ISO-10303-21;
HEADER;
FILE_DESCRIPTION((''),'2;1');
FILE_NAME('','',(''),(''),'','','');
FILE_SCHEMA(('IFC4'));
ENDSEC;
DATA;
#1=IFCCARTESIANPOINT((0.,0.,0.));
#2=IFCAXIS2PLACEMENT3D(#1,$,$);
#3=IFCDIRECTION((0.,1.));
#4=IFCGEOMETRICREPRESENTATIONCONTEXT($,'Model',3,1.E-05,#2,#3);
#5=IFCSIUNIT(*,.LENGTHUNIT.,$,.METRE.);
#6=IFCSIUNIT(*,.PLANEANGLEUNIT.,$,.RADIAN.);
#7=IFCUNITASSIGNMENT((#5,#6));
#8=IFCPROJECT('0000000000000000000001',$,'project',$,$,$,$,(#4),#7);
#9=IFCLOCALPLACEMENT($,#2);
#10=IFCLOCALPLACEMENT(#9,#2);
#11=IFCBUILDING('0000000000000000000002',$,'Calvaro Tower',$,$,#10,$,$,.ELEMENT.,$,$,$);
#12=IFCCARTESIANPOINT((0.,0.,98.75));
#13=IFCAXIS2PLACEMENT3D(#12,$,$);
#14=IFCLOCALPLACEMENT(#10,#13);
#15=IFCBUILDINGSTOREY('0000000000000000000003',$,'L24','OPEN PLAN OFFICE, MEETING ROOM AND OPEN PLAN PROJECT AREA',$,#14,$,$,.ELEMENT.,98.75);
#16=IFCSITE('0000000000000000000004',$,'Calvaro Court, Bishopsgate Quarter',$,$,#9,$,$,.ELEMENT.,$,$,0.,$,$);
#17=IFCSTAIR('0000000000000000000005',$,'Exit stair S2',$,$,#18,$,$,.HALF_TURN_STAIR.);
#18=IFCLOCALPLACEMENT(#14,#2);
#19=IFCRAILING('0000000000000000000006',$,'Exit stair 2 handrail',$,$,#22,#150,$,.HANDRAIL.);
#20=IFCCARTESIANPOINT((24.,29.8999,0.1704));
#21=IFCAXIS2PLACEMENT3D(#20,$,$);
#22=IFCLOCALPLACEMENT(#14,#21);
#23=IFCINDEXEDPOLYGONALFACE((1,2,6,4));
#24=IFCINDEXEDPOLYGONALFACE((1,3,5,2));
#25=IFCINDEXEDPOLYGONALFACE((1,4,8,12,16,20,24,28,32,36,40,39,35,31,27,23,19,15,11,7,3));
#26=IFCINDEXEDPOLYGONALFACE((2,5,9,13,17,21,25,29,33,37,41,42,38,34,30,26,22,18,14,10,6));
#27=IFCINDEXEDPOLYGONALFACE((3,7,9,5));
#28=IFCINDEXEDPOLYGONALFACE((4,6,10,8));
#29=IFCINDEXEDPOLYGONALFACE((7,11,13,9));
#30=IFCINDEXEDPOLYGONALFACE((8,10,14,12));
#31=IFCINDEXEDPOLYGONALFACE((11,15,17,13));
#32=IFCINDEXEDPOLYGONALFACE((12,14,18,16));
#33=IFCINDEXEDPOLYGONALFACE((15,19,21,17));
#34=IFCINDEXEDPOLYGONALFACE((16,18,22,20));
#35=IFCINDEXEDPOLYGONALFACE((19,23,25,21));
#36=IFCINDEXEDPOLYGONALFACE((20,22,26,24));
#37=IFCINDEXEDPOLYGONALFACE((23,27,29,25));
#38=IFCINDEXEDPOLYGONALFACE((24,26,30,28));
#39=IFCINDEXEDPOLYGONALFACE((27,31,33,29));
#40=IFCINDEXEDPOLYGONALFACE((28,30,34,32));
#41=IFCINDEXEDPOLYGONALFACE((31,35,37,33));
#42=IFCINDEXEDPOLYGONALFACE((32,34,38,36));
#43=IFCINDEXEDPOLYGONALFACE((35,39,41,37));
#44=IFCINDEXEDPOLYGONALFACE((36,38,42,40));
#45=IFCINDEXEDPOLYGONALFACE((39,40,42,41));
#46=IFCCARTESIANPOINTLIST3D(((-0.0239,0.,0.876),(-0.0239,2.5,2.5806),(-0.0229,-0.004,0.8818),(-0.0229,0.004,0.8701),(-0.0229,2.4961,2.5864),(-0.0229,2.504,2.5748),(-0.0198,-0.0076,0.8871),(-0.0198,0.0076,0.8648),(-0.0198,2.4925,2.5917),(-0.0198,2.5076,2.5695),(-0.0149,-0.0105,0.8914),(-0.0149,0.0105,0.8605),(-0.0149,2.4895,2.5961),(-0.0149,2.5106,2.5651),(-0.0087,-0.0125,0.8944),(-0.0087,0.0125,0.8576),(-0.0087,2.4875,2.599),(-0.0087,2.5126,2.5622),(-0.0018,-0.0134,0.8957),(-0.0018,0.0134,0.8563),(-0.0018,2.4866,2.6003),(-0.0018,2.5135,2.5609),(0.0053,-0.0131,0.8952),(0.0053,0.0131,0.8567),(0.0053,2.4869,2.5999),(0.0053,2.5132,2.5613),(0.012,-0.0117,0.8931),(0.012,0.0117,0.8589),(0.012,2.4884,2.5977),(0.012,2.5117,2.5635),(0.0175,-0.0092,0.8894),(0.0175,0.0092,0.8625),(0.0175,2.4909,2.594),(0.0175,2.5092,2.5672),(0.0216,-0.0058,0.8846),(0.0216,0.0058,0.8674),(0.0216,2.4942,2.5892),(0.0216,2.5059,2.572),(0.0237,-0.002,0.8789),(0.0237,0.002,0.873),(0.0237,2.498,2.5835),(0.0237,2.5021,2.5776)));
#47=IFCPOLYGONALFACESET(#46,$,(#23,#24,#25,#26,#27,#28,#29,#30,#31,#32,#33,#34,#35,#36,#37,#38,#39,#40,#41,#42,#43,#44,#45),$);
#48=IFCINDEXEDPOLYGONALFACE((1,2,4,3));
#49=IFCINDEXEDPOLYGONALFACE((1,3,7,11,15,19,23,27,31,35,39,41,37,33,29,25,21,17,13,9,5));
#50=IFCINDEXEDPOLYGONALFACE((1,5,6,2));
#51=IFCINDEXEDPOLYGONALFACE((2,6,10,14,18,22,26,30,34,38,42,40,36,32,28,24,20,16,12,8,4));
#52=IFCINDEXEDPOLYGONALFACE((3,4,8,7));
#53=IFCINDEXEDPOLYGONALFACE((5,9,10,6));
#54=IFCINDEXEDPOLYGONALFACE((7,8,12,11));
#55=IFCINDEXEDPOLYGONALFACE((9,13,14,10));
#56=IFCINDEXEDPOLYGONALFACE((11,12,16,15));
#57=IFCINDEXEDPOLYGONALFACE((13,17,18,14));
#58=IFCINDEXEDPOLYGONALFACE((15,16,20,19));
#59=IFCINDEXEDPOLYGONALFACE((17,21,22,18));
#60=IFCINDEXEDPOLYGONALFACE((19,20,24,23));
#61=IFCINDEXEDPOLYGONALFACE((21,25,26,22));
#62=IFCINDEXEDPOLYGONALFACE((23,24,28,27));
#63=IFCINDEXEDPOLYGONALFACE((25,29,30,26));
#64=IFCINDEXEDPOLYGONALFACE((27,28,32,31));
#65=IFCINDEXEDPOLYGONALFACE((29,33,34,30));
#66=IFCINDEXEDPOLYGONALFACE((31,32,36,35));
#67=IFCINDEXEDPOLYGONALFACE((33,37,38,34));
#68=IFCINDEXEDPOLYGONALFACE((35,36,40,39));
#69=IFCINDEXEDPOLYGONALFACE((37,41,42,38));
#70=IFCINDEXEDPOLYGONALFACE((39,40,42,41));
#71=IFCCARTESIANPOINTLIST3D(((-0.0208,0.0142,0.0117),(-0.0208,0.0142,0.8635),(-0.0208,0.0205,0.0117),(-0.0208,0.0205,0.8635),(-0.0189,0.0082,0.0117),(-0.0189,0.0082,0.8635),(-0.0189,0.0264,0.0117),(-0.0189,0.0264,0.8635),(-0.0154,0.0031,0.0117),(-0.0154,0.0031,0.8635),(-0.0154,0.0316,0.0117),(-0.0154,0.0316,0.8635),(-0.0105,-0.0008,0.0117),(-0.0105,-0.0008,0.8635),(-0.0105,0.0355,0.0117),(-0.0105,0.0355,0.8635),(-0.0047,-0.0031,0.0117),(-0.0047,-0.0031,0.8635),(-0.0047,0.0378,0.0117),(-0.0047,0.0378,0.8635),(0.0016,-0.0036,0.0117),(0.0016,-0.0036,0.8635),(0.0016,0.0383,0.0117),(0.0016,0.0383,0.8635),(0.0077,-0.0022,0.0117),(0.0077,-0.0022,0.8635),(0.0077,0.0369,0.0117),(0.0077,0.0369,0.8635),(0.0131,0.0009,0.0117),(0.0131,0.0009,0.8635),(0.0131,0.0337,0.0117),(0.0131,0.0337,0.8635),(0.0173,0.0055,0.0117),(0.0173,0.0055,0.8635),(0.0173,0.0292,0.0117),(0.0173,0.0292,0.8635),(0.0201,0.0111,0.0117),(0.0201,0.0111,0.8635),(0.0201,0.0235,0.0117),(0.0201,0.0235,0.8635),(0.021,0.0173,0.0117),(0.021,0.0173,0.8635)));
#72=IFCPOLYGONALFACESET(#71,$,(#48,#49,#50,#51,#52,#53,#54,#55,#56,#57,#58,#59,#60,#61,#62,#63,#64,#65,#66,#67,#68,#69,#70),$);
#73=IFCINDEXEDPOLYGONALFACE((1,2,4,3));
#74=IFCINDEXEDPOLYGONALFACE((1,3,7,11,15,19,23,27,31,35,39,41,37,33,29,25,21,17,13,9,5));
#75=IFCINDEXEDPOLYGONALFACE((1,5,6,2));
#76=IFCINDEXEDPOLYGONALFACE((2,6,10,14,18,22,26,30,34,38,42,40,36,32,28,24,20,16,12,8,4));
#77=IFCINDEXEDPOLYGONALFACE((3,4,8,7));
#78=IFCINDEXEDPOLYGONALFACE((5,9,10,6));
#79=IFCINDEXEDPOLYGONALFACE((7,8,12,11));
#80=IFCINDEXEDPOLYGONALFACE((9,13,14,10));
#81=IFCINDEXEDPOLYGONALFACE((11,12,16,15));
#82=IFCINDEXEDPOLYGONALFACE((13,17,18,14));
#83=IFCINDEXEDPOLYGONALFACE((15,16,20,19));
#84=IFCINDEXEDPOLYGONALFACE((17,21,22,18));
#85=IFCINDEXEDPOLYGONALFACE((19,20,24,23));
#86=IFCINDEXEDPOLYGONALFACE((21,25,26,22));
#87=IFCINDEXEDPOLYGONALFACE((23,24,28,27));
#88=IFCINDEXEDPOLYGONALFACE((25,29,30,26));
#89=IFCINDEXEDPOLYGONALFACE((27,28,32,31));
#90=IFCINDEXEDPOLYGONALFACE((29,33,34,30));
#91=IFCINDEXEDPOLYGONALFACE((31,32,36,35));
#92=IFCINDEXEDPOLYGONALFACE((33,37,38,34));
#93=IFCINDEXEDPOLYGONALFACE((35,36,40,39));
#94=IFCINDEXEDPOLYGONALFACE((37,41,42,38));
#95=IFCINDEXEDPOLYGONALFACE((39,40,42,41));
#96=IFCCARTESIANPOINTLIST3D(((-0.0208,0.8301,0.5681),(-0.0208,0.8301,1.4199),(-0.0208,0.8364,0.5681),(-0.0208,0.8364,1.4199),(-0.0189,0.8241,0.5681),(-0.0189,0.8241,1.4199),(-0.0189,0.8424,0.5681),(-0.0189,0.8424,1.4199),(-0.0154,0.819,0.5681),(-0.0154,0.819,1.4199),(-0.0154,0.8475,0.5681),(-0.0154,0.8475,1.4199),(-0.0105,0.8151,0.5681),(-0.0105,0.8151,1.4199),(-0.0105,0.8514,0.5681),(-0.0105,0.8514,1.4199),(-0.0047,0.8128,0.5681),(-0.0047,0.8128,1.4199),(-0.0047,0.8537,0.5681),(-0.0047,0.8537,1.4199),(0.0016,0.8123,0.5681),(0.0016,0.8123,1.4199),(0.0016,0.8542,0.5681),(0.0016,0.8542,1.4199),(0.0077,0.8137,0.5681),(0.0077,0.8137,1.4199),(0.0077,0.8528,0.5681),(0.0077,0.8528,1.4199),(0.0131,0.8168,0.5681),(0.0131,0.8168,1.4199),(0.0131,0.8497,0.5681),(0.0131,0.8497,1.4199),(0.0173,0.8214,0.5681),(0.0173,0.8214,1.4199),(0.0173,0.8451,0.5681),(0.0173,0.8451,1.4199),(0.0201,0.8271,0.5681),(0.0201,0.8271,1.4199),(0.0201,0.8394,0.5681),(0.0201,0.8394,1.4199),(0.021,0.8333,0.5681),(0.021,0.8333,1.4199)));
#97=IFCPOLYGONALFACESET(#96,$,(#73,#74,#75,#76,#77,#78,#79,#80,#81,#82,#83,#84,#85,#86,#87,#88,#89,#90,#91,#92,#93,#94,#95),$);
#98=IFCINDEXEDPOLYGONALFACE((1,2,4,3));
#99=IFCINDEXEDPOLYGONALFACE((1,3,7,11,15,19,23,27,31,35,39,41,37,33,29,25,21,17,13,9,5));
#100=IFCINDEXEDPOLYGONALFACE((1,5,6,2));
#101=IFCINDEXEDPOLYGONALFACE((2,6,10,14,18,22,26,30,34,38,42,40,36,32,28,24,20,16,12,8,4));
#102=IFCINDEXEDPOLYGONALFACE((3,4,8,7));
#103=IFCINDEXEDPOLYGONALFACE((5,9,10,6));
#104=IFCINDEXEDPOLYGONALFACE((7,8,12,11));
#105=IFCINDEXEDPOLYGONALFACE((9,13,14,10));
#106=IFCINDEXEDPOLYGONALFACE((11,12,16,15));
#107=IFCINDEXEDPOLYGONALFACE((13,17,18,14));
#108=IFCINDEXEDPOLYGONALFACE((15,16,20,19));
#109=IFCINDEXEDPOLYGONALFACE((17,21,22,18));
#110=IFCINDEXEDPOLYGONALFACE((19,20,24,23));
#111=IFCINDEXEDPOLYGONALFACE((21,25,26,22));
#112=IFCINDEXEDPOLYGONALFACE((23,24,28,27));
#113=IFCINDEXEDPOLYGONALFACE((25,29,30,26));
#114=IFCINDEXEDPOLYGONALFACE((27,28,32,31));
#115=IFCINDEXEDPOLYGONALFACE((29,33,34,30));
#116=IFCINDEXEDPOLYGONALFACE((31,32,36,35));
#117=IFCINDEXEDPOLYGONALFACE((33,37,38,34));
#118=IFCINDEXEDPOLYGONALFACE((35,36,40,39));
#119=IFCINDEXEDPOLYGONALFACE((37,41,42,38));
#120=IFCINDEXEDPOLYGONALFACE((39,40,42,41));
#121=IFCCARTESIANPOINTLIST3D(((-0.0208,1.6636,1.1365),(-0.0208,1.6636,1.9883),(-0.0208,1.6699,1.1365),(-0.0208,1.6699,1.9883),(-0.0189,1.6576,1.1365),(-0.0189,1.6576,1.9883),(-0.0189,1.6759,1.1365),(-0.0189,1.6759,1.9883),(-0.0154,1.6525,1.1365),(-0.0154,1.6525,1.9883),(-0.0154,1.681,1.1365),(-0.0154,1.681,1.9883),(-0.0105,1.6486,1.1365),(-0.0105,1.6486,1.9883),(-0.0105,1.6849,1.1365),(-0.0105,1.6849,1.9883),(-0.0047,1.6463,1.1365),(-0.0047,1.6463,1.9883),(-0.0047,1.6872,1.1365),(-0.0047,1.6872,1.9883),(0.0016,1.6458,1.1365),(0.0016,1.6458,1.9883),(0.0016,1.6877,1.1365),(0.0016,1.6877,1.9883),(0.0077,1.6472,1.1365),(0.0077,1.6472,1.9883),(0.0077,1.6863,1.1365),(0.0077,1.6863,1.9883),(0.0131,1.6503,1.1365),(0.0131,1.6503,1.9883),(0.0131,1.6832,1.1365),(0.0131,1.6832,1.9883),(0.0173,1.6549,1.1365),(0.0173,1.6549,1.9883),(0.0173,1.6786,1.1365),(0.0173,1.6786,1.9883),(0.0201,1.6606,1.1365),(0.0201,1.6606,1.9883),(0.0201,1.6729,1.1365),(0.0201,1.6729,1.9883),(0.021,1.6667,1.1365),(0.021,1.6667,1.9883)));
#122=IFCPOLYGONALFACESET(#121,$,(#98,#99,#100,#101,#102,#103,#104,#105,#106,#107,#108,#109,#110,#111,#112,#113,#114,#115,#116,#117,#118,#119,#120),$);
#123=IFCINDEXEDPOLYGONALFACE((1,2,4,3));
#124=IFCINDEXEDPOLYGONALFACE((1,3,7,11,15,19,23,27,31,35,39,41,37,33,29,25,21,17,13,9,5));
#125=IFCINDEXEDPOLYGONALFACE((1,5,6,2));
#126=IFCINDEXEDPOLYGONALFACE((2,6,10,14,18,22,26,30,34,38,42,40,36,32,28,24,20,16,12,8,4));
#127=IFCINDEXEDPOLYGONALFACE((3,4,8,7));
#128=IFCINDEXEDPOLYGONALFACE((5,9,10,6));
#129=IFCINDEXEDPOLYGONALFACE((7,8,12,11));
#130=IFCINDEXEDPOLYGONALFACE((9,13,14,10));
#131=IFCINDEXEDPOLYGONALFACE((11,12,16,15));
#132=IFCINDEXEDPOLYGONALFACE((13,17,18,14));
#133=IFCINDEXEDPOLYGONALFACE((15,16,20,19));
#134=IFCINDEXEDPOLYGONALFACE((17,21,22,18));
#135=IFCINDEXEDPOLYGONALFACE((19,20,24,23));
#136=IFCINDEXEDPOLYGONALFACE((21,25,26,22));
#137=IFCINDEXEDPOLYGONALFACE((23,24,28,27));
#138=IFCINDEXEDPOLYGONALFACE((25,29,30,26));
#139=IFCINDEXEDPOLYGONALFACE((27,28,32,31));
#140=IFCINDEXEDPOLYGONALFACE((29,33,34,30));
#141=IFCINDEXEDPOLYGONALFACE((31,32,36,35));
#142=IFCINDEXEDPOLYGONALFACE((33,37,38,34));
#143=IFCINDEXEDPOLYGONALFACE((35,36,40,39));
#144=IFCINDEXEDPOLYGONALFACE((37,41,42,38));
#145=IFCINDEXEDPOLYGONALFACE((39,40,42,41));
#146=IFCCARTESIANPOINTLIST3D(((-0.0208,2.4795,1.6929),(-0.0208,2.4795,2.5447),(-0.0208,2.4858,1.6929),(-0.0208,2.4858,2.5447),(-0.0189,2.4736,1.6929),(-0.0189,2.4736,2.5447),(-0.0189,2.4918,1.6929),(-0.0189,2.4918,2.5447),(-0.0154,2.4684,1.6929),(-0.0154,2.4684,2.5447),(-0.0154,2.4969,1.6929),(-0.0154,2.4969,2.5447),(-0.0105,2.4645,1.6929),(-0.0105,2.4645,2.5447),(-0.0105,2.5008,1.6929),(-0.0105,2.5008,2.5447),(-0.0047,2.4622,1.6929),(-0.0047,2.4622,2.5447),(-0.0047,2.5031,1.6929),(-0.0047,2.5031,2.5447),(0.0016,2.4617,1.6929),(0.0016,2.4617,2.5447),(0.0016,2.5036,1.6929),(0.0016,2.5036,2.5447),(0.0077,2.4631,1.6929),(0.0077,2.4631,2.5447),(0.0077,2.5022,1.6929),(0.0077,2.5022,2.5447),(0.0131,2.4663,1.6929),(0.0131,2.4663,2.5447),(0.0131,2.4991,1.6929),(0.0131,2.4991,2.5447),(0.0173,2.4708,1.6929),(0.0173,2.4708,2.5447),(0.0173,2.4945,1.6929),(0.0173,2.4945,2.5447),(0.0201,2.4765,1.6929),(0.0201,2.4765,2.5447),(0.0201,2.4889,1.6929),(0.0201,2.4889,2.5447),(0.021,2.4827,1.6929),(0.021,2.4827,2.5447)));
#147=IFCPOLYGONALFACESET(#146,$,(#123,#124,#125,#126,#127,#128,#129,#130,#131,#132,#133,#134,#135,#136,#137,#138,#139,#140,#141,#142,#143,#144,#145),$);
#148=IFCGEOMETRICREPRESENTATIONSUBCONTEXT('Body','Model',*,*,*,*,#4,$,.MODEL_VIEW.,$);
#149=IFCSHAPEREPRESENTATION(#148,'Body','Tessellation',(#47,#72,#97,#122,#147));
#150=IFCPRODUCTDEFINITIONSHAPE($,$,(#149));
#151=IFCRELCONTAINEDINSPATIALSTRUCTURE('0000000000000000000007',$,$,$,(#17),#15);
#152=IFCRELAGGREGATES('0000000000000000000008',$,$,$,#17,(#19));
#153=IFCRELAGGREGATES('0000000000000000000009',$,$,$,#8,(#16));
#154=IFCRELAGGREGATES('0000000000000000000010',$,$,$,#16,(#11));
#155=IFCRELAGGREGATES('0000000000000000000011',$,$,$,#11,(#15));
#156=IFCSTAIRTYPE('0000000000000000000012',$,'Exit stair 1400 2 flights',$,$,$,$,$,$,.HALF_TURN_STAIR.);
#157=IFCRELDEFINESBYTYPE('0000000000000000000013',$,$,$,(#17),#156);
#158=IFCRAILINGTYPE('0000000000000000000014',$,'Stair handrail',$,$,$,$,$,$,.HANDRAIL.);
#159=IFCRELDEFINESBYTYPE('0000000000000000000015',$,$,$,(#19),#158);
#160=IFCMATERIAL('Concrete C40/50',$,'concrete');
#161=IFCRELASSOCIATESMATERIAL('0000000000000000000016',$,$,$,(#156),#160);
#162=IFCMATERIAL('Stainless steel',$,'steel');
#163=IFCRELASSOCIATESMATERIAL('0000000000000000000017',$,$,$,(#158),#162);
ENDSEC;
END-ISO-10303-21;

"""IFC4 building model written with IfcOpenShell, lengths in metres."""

from ifc_helpers import new_model, si_unit, direction, frame, origin, origin_2d, place, context, subcontext, project, spatial, circle, extrude, material, type_object, element, aggregate, save


model = new_model("IFC4")

# Units and contexts
model_context = context("Model", 3, precision=1e-05, world=origin(), true_north=direction((0.0, 1.0)))
body_context = subcontext(model_context, "Body", "Model", "MODEL_VIEW")
ifc_project = project(units=[si_unit("LENGTHUNIT", "METRE"), si_unit("PLANEANGLEUNIT", "RADIAN")], contexts=[model_context])

# Site, building, storey
site_placement = place(None, origin())
site = spatial("IfcSite", under=ifc_project, at=site_placement, Name="Calvaro Court, Bishopsgate Quarter", CompositionType="ELEMENT", RefElevation=0.0)
building_placement = place(site_placement, origin())
building = spatial("IfcBuilding", under=site, at=building_placement, Name="Calvaro Tower", CompositionType="ELEMENT")
storey_placement = place(building_placement, frame((0.0, 0.0, 98.75)))
storey = spatial("IfcBuildingStorey", under=building, at=storey_placement, Name="L24", Description="OPEN PLAN OFFICE, MEETING ROOM AND OPEN PLAN PROJECT AREA", CompositionType="ELEMENT", Elevation=98.75)

# Stair, railing
ifc_material_1 = material(Name="Concrete C40/50", Category="concrete")
stair_type = type_object("IfcStairType", Name="Exit stair 1400 2 flights", PredefinedType="HALF_TURN_STAIR", material=ifc_material_1)
stair_placement = place(storey_placement, origin())
stair = element("IfcStair", 1, at=stair_placement, inside=storey, type_object=stair_type, Name="Exit stair S2", PredefinedType="HALF_TURN_STAIR")
ifc_material_2 = material(Name="Stainless steel", Category="steel")
railing_type = type_object("IfcRailingType", Name="Stair handrail", PredefinedType="HANDRAIL", material=ifc_material_2)
railing_placement = place(storey_placement, frame((24.0, 29.8999, 0.1704)))
railing = element("IfcRailing", 2, at=railing_placement, type_object=railing_type, Name="Exit stair 2 handrail", PredefinedType="HANDRAIL", context=body_context, shape_type="SweptSolid", body=[
    extrude(circle(Radius=0.0239, at=origin_2d()), frame((0.0, 0.0, 0.876), z_axis=(0.0, 0.826221, 0.563347), x_axis=(-1.0, 0.0, 0.0)), (0.0, 0.0, 1.0), 3.0259),
    extrude(circle(Radius=0.021, at=origin_2d()), frame((0.0, 0.0173, 0.0117)), (0.0, 0.0, 1.0), 0.8518),
    extrude(circle(Radius=0.021, at=origin_2d()), frame((0.0, 0.8333, 0.5681)), (0.0, 0.0, 1.0), 0.8518),
    extrude(circle(Radius=0.021, at=origin_2d()), frame((0.0, 1.6667, 1.1365)), (0.0, 0.0, 1.0), 0.8518),
    extrude(circle(Radius=0.021, at=origin_2d()), frame((0.0, 2.4827, 1.6929)), (0.0, 0.0, 1.0), 0.8518),
])
aggregate(stair, [railing])

save(model, "model.ifc")
